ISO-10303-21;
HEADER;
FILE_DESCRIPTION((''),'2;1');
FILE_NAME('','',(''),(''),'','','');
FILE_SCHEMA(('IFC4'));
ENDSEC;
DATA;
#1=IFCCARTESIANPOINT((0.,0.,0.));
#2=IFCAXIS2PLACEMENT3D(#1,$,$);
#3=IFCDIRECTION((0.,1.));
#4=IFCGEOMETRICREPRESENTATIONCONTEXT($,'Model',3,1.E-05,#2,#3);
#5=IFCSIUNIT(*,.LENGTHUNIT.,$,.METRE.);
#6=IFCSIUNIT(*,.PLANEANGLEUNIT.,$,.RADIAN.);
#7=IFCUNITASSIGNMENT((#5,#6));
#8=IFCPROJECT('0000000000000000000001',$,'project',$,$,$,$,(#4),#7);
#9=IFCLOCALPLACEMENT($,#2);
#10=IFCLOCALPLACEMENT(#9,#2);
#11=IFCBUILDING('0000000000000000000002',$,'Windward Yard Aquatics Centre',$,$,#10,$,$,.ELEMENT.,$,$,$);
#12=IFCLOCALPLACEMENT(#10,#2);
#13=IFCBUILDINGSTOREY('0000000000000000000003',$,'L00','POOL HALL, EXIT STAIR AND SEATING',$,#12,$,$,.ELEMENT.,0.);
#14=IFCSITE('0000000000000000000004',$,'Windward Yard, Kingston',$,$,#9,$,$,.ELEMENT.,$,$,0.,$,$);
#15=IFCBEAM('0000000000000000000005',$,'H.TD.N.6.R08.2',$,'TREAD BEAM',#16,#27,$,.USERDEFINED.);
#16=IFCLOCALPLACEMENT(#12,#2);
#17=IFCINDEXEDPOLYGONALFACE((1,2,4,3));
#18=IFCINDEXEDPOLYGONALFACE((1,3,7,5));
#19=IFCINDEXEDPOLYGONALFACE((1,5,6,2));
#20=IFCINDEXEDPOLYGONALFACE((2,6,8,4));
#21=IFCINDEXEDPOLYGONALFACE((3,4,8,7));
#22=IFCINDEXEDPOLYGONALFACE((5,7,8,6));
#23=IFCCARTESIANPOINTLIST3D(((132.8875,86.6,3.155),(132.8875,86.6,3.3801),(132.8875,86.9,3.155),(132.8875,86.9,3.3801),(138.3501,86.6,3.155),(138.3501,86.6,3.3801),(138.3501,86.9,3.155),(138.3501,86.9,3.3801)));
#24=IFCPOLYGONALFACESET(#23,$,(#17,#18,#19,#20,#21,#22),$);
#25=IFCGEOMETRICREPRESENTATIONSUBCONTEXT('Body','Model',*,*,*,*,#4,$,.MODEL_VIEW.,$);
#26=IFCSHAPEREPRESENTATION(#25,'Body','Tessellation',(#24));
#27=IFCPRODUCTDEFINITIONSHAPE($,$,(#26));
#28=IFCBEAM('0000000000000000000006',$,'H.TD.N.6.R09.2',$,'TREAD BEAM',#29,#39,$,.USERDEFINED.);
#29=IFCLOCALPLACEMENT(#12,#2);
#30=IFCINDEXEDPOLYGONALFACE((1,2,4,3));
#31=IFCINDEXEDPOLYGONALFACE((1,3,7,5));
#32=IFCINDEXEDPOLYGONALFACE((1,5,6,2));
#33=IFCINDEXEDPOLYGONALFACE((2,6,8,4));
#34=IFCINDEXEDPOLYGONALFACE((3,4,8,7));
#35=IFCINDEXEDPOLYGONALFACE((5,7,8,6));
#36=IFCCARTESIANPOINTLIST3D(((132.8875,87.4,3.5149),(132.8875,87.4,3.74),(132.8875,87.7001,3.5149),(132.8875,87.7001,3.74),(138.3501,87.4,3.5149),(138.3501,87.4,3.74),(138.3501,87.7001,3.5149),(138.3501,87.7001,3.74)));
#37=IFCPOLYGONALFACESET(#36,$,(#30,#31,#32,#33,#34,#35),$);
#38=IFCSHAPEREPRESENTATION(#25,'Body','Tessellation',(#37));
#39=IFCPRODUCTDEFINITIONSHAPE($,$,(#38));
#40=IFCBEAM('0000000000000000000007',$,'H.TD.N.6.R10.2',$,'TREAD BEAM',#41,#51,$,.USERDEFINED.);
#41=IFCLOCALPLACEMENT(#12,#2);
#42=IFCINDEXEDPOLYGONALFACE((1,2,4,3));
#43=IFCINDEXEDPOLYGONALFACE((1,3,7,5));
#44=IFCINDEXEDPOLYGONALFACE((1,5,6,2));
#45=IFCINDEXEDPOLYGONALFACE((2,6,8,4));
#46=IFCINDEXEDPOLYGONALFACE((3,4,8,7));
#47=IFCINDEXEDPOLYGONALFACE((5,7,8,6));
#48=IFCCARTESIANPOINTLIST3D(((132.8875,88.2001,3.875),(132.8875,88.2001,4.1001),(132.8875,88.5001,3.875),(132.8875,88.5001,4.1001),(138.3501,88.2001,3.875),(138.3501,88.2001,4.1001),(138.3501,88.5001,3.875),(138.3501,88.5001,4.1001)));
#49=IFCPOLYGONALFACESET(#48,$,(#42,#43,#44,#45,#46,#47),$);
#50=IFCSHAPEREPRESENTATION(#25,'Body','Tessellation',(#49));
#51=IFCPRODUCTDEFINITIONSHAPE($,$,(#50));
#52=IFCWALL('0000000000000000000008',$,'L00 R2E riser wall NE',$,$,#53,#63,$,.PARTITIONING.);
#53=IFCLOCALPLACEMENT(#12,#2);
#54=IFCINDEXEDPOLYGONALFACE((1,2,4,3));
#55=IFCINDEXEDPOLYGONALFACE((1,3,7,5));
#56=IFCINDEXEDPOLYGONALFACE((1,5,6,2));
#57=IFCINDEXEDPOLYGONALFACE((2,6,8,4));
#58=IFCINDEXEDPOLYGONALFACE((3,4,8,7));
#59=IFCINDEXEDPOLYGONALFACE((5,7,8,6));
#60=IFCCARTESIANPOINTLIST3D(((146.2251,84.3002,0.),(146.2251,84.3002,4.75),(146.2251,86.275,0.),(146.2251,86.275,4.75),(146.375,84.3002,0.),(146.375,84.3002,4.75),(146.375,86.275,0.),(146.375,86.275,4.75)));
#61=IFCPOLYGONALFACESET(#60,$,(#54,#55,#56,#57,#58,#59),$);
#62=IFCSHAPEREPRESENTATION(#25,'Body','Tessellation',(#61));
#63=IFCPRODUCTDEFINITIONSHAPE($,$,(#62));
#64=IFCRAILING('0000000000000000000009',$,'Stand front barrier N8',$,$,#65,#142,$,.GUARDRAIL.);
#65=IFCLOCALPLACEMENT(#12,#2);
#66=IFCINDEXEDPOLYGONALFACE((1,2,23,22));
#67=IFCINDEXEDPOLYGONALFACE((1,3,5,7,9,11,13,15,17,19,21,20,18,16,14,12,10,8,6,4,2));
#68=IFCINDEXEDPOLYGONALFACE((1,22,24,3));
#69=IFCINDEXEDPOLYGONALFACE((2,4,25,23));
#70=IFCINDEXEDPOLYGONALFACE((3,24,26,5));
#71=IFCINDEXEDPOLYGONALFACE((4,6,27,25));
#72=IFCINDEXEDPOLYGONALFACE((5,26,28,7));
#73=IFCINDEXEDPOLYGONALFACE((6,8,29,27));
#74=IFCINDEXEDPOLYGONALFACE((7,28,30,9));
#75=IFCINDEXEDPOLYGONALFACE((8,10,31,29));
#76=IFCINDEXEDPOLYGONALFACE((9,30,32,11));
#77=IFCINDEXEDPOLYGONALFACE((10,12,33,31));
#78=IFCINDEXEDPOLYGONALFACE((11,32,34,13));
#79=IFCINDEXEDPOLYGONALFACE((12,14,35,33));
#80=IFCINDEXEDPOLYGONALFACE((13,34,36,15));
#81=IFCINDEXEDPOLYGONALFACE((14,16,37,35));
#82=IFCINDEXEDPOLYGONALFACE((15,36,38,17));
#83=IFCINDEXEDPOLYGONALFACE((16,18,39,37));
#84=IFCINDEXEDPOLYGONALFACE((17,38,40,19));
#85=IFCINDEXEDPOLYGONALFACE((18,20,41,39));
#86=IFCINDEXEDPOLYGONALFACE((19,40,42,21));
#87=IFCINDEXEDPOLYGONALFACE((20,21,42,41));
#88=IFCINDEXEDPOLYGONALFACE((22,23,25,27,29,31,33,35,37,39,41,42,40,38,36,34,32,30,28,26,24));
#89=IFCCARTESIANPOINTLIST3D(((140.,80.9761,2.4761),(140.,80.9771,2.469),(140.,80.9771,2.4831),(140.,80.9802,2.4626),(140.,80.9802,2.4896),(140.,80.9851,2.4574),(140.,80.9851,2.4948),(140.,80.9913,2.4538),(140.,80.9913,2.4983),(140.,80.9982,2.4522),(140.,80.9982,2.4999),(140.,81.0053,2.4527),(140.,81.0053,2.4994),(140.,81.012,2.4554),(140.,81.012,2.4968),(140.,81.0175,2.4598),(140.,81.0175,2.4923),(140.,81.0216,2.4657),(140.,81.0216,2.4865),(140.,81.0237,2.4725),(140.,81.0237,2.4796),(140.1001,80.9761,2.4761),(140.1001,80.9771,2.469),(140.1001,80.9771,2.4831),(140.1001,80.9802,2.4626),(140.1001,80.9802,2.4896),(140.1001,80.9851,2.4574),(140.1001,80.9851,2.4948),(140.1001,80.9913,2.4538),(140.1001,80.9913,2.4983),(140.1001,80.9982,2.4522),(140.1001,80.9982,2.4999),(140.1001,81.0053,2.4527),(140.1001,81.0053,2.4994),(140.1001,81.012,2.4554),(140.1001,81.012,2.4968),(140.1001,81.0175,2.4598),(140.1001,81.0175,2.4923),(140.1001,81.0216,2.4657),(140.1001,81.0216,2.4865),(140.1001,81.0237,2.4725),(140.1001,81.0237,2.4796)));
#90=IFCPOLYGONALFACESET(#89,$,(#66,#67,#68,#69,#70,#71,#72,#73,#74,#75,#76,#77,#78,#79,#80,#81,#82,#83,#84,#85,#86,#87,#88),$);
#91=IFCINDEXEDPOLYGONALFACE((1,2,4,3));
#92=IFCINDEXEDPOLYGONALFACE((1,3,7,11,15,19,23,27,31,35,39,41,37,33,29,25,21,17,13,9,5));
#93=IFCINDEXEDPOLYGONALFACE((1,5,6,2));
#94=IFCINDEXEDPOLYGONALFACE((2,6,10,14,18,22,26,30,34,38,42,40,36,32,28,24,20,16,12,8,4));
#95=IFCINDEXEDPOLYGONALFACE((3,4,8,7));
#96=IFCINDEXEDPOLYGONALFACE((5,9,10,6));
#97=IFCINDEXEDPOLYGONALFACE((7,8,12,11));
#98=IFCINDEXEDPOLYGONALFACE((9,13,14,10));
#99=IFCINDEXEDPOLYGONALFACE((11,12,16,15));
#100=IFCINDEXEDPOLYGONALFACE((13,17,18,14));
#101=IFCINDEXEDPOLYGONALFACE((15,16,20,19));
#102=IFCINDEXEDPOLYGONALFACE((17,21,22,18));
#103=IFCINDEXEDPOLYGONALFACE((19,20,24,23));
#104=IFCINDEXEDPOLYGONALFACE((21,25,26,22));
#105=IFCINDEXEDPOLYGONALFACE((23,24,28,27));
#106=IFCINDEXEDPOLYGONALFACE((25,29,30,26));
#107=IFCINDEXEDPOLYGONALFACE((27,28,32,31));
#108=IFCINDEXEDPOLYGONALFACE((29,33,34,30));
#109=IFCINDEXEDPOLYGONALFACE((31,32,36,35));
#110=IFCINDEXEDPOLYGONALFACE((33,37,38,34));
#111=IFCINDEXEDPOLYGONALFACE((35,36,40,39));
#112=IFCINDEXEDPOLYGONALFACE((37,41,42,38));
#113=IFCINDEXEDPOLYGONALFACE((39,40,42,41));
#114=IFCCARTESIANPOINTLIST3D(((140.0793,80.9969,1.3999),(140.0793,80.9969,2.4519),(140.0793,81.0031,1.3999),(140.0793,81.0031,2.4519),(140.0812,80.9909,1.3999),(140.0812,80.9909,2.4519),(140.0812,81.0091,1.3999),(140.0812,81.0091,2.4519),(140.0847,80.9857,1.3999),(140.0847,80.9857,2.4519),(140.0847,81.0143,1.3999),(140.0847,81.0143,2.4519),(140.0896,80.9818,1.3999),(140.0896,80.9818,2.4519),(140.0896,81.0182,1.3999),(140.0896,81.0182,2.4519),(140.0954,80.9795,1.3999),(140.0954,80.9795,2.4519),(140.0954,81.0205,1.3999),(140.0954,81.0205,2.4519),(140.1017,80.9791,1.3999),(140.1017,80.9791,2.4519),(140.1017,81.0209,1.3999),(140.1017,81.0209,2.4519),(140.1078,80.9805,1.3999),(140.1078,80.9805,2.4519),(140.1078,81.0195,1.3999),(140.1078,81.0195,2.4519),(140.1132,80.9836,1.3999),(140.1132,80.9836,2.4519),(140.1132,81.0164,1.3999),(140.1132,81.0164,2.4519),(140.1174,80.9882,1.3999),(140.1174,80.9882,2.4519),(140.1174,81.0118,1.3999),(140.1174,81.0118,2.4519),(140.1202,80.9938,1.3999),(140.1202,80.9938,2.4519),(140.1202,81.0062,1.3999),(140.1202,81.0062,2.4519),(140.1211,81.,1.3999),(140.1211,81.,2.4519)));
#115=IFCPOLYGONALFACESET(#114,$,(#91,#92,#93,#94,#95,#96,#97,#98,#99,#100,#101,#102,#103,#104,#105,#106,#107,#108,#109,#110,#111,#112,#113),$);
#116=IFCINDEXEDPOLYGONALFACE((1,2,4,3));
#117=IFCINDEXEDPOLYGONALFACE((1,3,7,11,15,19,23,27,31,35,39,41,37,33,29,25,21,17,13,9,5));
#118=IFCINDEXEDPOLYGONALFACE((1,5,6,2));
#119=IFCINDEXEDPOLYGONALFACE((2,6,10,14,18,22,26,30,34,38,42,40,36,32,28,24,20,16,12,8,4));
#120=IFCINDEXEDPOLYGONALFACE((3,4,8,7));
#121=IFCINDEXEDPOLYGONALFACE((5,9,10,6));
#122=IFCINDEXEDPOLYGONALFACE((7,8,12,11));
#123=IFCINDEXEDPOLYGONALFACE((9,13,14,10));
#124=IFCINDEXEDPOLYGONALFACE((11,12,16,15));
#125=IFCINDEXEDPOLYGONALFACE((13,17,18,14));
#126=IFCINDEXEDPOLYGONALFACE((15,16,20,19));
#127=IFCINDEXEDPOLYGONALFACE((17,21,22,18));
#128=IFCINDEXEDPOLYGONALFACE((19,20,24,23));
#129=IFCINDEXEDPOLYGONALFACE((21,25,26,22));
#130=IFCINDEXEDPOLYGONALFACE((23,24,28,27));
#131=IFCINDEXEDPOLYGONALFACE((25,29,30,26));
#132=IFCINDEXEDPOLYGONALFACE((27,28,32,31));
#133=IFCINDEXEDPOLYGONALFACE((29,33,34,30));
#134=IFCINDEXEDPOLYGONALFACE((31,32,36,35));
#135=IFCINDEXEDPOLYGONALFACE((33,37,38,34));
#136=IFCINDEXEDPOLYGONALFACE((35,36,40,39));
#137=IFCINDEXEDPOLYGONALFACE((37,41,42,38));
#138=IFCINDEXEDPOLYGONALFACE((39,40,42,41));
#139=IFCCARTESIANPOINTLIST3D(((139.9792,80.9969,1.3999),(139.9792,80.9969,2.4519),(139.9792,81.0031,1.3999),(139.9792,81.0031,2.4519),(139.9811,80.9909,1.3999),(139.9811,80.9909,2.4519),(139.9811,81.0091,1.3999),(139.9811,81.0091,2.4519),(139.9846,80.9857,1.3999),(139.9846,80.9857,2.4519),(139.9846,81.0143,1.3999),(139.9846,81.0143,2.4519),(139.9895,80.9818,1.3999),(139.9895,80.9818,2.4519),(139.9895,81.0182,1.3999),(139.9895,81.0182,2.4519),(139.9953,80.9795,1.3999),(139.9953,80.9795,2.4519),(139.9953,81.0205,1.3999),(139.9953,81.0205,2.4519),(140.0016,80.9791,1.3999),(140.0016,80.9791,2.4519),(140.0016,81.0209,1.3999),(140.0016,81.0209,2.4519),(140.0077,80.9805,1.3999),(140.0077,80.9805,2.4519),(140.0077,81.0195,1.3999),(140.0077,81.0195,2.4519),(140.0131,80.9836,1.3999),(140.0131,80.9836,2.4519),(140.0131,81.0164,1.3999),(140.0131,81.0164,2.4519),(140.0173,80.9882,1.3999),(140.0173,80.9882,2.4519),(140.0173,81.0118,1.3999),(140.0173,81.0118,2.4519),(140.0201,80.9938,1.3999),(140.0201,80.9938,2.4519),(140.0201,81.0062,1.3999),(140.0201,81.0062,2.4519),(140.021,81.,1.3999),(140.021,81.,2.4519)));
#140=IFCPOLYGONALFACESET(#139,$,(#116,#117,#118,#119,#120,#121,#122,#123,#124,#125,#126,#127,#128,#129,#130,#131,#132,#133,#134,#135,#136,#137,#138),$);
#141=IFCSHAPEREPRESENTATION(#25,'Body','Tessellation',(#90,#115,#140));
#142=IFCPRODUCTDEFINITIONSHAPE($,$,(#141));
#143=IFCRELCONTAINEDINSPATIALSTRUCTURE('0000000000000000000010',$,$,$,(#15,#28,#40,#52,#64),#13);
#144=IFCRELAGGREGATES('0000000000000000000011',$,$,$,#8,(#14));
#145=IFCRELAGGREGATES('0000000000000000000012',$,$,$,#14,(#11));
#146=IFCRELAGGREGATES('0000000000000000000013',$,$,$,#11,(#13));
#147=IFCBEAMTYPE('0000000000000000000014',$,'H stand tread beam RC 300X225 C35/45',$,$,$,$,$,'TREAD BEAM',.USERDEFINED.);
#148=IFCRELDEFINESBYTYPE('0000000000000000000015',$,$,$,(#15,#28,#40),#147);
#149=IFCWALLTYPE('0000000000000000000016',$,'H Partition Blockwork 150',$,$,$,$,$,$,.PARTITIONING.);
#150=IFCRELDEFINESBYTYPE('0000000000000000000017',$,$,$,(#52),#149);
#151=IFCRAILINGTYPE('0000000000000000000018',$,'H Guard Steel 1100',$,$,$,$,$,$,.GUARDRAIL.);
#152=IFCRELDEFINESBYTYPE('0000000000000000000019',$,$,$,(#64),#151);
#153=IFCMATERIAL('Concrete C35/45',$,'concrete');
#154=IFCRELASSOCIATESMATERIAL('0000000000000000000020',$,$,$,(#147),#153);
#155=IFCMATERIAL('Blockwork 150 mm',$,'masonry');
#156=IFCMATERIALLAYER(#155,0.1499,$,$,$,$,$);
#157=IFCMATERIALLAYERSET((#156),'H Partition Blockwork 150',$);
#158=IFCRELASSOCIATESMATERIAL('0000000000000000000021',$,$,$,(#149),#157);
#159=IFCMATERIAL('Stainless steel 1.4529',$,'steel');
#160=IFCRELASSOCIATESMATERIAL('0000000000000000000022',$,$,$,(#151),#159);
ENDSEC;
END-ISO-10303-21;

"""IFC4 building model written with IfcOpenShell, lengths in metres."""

from ifc_helpers import new_model, si_unit, direction, frame, frame_2d, origin, origin_2d, place, context, subcontext, project, spatial, rectangle, circle, extrude, material, layer, layer_set, material_profile, profile_set, type_object, element, save


model = new_model("IFC4")

# Units and contexts
model_context = context("Model", 3, precision=1e-05, world=origin(), true_north=direction((0.0, 1.0)))
body_context = subcontext(model_context, "Body", "Model", "MODEL_VIEW")
ifc_project = project(units=[si_unit("LENGTHUNIT", "METRE"), si_unit("PLANEANGLEUNIT", "RADIAN")], contexts=[model_context])

# Site, building, storey
site_placement = place(None, origin())
site = spatial("IfcSite", under=ifc_project, at=site_placement, Name="Windward Yard, Kingston", CompositionType="ELEMENT", RefElevation=0.0)
building_placement = place(site_placement, origin())
building = spatial("IfcBuilding", under=site, at=building_placement, Name="Windward Yard Aquatics Centre", CompositionType="ELEMENT")
storey_placement = place(building_placement, origin())
storey = spatial("IfcBuildingStorey", under=building, at=storey_placement, Name="L00", Description="POOL HALL, EXIT STAIR AND SEATING", CompositionType="ELEMENT", Elevation=0.0)

# Shared definitions
ifc_material_1 = material(Name="Concrete C35/45", Category="concrete")

# Beams
ifc_material_profile_1 = material_profile(ifc_material_1, rectangle(XDim=0.3, YDim=0.2251, at=origin_2d()), Name="RC 300X225")
ifc_profile_set_1 = profile_set([ifc_material_profile_1], Name="Concrete C35/45")
beam_type_1 = type_object("IfcBeamType", Name="H stand tread beam RC 300X225 C35/45", ElementType="TREAD BEAM", PredefinedType="USERDEFINED", material=ifc_profile_set_1)
for number, where, z_axis, x_axis, name in (
    (1, (132.8875, 86.75, 3.2676), (1.0, 0.0, 0.0), (0.0, 1.0, 0.0), "H.TD.N.6.R08.2"),
    (2, (132.8875, 87.55, 3.6274), (1.0, 0.0, 0.0), (0.0, 1.0, 0.0), "H.TD.N.6.R09.2"),
    (3, (132.8875, 88.3501, 3.9875), (1.0, 0.0, 0.0), (0.0, 1.0, 0.0), "H.TD.N.6.R10.2"),
):
    element("IfcBeam", number, at=place(storey_placement, frame(where, z_axis=z_axis, x_axis=x_axis)), inside=storey, type_object=beam_type_1, Name=name, ObjectType="TREAD BEAM", PredefinedType="USERDEFINED", context=body_context, shape_type="SweptSolid", body=[
        extrude(rectangle(XDim=0.3, YDim=0.2251, at=origin_2d()), origin(), (0.0, 0.0, 1.0), 5.4626),
    ])

# Wall
ifc_material_2 = material(Name="Blockwork 150 mm", Category="masonry")
ifc_layer = layer(ifc_material_2, 0.1499)
ifc_layer_set = layer_set([ifc_layer], Name="H Partition Blockwork 150")
wall_type = type_object("IfcWallType", Name="H Partition Blockwork 150", PredefinedType="PARTITIONING", material=ifc_layer_set)
wall_placement = place(storey_placement, frame((146.3, 86.2749, 0.0), z_axis=(0.0, 0.0, 1.0), x_axis=(0.0, -1.0, 0.0)))
element("IfcWall", 4, at=wall_placement, inside=storey, type_object=wall_type, Name="L00 R2E riser wall NE", PredefinedType="PARTITIONING", context=body_context, shape_type="SweptSolid", body=[
    extrude(rectangle(XDim=1.9749, YDim=0.1499, at=frame_2d((0.9873, 0.0))), origin(), (0.0, 0.0, 1.0), 4.75),
])

# Railing
ifc_material_3 = material(Name="Stainless steel 1.4529", Category="steel")
railing_type = type_object("IfcRailingType", Name="H Guard Steel 1100", PredefinedType="GUARDRAIL", material=ifc_material_3)
railing_placement = place(storey_placement, frame((140.1001, 81.0, 1.3999)))
element("IfcRailing", 5, at=railing_placement, inside=storey, type_object=railing_type, Name="Stand front barrier N8", PredefinedType="GUARDRAIL", context=body_context, shape_type="SweptSolid", body=[
    extrude(circle(Radius=0.0239, at=origin_2d()), frame((0.0, 0.0, 1.0762), z_axis=(-1.0, 0.0, 0.0), x_axis=(0.0, -1.0, 0.0)), (0.0, 0.0, 1.0), 0.1001),
    extrude(circle(Radius=0.021, at=origin_2d()), origin(), (0.0, 0.0, 1.0), 1.052),
    extrude(circle(Radius=0.021, at=origin_2d()), frame((-0.1001, 0.0, 0.0)), (0.0, 0.0, 1.0), 1.052),
])

save(model, "model.ifc")
